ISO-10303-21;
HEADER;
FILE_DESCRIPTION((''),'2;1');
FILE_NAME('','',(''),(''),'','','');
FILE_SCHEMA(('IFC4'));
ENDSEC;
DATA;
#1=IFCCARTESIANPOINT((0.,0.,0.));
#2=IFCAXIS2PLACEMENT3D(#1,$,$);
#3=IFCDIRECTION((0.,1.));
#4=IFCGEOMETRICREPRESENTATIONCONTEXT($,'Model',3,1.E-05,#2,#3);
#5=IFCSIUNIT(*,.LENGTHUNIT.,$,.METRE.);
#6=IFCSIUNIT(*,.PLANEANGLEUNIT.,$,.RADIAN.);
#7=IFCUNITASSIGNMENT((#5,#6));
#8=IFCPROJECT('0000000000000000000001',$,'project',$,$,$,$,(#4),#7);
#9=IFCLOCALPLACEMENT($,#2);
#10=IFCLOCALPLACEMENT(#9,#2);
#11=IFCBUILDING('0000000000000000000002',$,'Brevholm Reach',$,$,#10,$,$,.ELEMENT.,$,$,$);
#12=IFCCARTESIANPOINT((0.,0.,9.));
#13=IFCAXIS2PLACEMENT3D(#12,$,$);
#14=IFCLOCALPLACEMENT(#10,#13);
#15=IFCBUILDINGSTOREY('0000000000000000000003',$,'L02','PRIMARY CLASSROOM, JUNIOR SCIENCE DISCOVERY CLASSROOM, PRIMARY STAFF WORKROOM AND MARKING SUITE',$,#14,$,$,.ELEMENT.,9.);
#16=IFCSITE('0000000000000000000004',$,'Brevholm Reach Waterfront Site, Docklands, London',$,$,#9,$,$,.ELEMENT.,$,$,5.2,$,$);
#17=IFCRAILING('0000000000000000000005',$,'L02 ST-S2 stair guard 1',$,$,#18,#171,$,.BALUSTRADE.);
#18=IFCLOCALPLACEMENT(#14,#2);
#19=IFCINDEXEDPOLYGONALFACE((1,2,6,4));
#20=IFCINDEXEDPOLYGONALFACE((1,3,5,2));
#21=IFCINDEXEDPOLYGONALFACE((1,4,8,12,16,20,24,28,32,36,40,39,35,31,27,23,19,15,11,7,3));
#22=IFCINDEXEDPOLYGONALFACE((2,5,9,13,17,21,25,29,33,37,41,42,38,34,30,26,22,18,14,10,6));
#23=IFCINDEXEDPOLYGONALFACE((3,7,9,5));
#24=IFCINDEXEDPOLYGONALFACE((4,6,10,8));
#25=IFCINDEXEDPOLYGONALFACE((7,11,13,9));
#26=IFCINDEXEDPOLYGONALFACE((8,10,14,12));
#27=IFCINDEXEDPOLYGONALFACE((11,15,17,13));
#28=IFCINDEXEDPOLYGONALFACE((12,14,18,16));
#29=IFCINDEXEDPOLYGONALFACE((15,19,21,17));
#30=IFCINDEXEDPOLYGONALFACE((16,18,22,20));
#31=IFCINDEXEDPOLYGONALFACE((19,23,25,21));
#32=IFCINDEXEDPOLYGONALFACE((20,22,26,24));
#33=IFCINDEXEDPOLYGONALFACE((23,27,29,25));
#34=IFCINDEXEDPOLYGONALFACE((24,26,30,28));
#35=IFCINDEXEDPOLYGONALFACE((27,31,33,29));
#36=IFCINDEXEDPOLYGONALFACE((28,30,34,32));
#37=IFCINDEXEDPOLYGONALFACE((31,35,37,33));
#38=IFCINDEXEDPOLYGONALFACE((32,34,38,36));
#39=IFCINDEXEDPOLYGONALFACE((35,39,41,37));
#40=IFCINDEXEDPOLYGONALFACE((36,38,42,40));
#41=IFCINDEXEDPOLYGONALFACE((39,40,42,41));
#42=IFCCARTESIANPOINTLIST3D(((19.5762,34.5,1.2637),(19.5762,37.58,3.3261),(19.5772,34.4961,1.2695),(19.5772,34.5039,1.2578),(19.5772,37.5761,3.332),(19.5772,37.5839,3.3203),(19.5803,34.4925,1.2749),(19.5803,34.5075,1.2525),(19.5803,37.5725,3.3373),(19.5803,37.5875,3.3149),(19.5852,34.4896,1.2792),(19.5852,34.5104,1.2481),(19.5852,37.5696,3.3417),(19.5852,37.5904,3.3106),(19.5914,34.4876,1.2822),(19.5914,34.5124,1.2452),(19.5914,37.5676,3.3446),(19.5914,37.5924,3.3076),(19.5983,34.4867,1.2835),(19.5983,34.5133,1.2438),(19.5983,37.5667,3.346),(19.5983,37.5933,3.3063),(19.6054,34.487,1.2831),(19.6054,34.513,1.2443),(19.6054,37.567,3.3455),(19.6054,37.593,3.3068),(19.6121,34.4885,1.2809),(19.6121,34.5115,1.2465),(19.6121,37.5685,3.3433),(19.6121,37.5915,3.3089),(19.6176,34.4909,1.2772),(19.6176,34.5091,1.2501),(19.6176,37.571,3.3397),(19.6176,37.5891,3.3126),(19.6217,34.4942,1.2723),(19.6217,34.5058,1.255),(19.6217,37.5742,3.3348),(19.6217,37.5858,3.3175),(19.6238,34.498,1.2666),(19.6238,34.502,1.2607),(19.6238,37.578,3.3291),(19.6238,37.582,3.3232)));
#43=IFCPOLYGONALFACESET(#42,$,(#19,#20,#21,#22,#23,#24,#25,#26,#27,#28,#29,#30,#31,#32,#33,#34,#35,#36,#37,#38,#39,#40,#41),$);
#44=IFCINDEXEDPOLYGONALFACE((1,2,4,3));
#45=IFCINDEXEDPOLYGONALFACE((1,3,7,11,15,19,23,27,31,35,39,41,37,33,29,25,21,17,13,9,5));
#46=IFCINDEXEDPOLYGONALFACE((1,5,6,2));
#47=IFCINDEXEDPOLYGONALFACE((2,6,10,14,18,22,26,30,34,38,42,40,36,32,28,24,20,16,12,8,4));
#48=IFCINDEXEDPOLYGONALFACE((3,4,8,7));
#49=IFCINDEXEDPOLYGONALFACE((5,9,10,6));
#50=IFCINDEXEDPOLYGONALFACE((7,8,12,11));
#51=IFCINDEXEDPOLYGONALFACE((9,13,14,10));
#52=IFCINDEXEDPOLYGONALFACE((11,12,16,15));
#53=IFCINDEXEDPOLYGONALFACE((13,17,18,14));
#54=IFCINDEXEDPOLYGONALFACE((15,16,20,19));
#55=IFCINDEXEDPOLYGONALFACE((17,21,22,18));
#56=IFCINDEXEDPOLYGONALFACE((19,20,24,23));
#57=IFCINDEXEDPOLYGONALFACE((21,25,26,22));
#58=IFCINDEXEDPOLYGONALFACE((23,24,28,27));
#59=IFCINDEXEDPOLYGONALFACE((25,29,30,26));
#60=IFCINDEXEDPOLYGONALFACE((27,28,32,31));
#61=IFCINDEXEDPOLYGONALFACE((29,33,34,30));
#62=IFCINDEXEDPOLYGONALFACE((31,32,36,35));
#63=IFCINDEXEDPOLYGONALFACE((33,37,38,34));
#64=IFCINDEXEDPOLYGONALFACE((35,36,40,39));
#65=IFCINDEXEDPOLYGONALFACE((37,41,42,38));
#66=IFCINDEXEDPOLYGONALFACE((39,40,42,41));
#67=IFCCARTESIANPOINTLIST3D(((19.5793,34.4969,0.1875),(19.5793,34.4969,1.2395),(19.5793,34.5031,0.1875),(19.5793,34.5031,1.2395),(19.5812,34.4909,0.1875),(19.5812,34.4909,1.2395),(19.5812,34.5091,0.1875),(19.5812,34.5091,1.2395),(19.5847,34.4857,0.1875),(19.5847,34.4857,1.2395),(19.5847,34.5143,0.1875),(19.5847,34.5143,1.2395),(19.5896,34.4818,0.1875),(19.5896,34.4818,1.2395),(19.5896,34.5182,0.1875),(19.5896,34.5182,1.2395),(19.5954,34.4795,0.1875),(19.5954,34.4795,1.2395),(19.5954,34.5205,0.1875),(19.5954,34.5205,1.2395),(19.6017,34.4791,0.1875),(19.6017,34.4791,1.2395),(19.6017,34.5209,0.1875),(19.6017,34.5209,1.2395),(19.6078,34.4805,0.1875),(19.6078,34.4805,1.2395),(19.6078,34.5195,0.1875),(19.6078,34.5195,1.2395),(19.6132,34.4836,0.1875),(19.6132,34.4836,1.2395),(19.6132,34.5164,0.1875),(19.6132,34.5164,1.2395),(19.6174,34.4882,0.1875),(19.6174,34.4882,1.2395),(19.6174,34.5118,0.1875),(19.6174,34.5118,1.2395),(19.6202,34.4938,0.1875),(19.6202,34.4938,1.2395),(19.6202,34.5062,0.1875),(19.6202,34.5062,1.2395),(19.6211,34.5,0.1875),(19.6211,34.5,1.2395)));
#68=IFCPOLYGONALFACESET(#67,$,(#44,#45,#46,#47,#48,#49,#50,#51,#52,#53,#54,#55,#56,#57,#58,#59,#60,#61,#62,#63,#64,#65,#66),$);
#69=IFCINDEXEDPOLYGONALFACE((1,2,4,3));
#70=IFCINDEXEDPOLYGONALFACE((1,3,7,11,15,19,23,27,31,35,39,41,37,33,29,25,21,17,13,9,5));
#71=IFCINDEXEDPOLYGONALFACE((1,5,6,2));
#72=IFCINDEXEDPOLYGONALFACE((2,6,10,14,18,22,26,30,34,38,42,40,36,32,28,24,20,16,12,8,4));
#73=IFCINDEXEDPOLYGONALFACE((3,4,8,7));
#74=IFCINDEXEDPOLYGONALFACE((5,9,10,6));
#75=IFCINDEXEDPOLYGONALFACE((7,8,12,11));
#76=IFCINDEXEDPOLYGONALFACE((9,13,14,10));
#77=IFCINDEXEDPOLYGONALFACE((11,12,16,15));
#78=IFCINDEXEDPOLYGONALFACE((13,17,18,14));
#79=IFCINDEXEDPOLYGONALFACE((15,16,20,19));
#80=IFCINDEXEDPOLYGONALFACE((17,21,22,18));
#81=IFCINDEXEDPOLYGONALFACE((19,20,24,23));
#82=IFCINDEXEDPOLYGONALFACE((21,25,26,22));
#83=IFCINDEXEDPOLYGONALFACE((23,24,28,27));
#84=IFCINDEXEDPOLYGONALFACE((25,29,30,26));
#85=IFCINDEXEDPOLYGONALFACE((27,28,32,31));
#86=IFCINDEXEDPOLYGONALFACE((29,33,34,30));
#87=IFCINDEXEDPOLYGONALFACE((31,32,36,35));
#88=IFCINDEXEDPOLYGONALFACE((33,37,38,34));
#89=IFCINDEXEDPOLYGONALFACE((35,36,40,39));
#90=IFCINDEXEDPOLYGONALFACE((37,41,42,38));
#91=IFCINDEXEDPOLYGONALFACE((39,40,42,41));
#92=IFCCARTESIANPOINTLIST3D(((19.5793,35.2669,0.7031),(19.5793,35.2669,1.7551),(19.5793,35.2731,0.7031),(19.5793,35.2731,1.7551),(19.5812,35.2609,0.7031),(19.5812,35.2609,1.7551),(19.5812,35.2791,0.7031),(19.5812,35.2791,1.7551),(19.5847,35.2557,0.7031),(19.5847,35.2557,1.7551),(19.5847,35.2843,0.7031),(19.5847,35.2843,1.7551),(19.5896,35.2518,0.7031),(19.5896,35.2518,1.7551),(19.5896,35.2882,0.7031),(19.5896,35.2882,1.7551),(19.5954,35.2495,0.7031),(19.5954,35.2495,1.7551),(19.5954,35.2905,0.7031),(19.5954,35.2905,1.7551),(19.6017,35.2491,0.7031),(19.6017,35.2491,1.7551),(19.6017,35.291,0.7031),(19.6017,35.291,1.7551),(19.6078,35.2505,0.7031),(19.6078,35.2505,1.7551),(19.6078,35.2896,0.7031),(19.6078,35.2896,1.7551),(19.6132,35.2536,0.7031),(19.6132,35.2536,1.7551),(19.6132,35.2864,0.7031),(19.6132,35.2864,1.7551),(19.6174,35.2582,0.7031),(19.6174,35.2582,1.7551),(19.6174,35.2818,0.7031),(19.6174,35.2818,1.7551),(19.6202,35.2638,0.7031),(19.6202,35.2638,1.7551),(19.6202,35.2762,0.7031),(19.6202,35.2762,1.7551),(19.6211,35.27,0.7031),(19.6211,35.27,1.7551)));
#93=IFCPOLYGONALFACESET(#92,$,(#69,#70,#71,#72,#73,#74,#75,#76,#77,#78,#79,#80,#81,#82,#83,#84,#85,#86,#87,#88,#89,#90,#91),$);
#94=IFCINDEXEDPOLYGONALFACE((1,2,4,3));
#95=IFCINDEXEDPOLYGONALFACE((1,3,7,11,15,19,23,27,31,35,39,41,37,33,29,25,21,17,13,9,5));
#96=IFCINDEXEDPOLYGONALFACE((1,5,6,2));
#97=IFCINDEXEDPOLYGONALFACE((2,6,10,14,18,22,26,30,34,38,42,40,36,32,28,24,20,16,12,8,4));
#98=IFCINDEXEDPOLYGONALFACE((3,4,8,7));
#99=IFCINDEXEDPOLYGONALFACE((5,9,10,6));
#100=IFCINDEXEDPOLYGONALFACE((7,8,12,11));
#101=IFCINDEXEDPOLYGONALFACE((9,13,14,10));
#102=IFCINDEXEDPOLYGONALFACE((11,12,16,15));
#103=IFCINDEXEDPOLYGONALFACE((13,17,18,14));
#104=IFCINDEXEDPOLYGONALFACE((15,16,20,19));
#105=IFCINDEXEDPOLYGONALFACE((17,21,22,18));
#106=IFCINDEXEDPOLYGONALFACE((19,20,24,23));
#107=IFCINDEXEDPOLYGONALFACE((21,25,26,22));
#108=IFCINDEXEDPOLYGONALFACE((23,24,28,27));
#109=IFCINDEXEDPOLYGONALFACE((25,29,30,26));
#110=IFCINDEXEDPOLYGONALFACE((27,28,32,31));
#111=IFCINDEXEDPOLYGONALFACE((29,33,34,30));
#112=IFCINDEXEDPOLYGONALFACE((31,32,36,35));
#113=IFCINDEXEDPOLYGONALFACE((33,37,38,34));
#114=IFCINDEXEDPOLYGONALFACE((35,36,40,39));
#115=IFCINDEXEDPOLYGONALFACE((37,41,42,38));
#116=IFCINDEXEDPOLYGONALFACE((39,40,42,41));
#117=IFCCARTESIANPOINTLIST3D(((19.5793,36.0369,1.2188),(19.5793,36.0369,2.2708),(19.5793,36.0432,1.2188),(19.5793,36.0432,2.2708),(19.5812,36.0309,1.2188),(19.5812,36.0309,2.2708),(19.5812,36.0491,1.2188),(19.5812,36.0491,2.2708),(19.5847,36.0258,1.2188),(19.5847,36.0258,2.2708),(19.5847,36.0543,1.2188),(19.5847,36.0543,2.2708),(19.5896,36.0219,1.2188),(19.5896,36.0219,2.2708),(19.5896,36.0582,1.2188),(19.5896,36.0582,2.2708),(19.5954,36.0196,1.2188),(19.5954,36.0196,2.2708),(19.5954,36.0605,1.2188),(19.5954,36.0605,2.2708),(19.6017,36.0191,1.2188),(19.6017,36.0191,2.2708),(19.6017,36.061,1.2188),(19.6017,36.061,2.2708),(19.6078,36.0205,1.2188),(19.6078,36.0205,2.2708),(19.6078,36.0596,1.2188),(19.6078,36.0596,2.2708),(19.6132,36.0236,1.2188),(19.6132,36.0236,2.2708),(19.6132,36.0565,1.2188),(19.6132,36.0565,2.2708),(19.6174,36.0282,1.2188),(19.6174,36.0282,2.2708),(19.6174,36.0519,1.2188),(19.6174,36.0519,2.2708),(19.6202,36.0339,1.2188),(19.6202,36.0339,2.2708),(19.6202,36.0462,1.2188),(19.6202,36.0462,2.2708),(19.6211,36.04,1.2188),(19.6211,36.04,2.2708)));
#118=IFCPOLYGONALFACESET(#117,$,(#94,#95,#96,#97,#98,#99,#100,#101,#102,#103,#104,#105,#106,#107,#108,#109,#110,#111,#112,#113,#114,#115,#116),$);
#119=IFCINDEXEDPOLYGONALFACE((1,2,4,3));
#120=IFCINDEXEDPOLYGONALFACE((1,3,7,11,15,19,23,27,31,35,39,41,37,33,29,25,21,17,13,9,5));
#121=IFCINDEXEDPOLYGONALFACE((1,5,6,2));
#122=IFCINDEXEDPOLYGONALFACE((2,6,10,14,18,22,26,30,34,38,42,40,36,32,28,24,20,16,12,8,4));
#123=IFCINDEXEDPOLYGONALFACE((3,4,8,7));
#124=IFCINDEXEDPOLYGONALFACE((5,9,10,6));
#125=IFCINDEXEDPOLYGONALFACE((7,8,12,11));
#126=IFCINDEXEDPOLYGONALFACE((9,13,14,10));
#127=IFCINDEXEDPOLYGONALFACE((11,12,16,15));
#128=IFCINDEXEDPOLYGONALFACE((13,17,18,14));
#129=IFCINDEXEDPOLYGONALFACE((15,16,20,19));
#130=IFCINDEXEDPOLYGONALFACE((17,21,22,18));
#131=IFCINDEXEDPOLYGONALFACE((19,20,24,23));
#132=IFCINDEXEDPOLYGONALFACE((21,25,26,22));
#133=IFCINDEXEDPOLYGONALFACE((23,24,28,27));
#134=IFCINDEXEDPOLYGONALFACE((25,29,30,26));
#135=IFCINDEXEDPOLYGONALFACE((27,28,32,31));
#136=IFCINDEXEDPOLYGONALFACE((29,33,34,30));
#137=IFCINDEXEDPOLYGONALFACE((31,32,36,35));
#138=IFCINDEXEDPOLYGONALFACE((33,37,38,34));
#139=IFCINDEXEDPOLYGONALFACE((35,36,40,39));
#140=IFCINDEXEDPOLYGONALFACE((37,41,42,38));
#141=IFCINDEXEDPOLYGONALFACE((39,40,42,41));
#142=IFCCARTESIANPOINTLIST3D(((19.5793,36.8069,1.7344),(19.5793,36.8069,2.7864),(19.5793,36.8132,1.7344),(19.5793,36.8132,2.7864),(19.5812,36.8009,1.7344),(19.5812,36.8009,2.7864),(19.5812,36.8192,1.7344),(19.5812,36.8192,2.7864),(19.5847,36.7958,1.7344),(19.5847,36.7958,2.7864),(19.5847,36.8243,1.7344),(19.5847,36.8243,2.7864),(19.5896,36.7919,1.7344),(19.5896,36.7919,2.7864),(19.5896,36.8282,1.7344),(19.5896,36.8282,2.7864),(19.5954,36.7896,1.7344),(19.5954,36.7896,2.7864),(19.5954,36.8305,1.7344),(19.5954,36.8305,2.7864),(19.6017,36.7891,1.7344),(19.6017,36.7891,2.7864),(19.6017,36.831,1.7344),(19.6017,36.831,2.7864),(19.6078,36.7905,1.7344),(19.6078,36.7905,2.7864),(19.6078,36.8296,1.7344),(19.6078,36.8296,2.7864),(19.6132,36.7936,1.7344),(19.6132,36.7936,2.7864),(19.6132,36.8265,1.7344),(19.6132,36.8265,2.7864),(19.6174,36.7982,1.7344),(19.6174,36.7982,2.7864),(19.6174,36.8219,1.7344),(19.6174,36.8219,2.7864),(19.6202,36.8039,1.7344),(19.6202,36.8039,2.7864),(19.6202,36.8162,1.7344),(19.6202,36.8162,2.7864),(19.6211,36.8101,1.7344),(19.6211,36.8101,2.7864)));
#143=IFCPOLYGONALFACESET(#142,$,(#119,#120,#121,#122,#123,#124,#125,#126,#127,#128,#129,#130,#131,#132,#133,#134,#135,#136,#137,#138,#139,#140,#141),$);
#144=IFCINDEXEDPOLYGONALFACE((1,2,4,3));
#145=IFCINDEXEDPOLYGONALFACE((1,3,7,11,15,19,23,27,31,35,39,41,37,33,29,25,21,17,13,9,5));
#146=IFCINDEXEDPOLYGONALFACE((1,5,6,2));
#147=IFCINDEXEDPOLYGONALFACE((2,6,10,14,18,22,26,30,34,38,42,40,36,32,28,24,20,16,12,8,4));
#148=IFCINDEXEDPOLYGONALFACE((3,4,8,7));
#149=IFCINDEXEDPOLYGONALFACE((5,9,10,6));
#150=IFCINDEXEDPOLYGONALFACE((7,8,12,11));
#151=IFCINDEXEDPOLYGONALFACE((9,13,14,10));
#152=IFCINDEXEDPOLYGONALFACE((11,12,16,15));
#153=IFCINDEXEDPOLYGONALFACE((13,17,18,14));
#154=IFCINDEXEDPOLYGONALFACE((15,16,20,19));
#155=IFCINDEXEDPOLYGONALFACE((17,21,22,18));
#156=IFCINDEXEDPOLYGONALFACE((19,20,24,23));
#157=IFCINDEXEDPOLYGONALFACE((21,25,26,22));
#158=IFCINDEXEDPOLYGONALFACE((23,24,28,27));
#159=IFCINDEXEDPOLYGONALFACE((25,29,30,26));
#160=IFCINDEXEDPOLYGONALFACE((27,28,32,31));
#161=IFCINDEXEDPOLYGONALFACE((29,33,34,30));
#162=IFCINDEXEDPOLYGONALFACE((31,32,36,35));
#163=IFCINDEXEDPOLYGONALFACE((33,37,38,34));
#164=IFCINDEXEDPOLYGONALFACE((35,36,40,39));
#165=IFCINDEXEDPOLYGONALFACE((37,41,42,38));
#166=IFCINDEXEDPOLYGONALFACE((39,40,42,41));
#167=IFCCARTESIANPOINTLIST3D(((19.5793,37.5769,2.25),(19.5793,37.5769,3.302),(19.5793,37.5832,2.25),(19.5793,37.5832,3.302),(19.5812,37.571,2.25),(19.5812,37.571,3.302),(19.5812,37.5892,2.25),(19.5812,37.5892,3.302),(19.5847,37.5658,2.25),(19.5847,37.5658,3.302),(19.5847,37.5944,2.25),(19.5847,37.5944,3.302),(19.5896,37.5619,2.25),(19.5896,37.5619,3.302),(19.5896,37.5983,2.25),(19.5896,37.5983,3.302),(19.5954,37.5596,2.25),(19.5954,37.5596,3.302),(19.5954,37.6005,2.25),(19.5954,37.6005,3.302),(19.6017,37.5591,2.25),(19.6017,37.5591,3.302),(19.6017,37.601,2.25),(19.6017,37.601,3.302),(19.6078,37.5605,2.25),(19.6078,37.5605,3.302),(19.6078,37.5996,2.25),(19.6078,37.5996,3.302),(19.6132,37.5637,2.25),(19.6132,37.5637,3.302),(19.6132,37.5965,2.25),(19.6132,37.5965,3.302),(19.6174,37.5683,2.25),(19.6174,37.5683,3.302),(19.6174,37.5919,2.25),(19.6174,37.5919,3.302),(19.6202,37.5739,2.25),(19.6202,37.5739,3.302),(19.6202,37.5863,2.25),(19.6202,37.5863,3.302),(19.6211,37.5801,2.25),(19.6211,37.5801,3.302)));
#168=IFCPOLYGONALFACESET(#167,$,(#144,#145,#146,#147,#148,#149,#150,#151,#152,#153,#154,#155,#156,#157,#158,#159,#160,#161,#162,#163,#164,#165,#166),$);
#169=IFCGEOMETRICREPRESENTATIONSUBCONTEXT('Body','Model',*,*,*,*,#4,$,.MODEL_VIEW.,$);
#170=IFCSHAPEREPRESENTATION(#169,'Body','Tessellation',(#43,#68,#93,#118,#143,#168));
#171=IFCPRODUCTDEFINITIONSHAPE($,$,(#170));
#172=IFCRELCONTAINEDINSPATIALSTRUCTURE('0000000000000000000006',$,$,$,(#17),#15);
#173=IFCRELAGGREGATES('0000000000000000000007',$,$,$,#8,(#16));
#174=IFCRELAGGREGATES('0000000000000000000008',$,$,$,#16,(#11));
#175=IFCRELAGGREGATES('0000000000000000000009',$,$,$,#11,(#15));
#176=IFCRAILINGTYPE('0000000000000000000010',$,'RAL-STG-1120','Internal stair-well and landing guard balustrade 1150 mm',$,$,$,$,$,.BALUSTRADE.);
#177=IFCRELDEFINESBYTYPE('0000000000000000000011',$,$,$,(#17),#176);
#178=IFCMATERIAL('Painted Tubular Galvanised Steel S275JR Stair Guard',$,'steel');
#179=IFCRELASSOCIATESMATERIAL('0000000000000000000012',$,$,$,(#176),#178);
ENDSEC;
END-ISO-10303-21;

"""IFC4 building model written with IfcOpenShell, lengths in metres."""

from ifc_helpers import new_model, si_unit, direction, frame, origin, origin_2d, place, context, subcontext, project, spatial, circle, extrude, material, type_object, element, save


model = new_model("IFC4")

# Units and contexts
model_context = context("Model", 3, precision=1e-05, world=origin(), true_north=direction((0.0, 1.0)))
body_context = subcontext(model_context, "Body", "Model", "MODEL_VIEW")
ifc_project = project(units=[si_unit("LENGTHUNIT", "METRE"), si_unit("PLANEANGLEUNIT", "RADIAN")], contexts=[model_context])

# Site, building, storey
site_placement = place(None, origin())
site = spatial("IfcSite", under=ifc_project, at=site_placement, Name="Brevholm Reach Waterfront Site, Docklands, London", CompositionType="ELEMENT", RefElevation=5.2)
building_placement = place(site_placement, origin())
building = spatial("IfcBuilding", under=site, at=building_placement, Name="Brevholm Reach", CompositionType="ELEMENT")
storey_placement = place(building_placement, frame((0.0, 0.0, 9.0)))
storey = spatial("IfcBuildingStorey", under=building, at=storey_placement, Name="L02", Description="PRIMARY CLASSROOM, JUNIOR SCIENCE DISCOVERY CLASSROOM, PRIMARY STAFF WORKROOM AND MARKING SUITE", CompositionType="ELEMENT", Elevation=9.0)

# Railing
ifc_material_1 = material(Name="Painted Tubular Galvanised Steel S275JR Stair Guard", Category="steel")
railing_type_1 = type_object("IfcRailingType", Name="RAL-STG-1120", Description="Internal stair-well and landing guard balustrade 1150 mm", PredefinedType="BALUSTRADE", material=ifc_material_1)
railing_1_placement = place(storey_placement, frame((19.6001, 34.5, 0.1875)))
element("IfcRailing", 1, at=railing_1_placement, inside=storey, type_object=railing_type_1, Name="L02 ST-S2 stair guard 1", PredefinedType="BALUSTRADE", context=body_context, shape_type="SweptSolid", body=[
    extrude(circle(Radius=0.0239, at=origin_2d()), frame((0.0, 0.0, 1.0762), z_axis=(0.0, 0.830914, 0.556401), x_axis=(-1.0, 0.0, 0.0)), (0.0, 0.0, 1.0), 3.7068),
    extrude(circle(Radius=0.021, at=origin_2d()), origin(), (0.0, 0.0, 1.0), 1.052),
    extrude(circle(Radius=0.021, at=origin_2d()), frame((0.0, 0.77, 0.5156)), (0.0, 0.0, 1.0), 1.052),
    extrude(circle(Radius=0.021, at=origin_2d()), frame((0.0, 1.54, 1.0312)), (0.0, 0.0, 1.0), 1.052),
    extrude(circle(Radius=0.021, at=origin_2d()), frame((0.0, 2.3101, 1.5469)), (0.0, 0.0, 1.0), 1.052),
    extrude(circle(Radius=0.021, at=origin_2d()), frame((0.0, 3.0801, 2.0625)), (0.0, 0.0, 1.0), 1.052),
])

save(model, "model.ifc")
